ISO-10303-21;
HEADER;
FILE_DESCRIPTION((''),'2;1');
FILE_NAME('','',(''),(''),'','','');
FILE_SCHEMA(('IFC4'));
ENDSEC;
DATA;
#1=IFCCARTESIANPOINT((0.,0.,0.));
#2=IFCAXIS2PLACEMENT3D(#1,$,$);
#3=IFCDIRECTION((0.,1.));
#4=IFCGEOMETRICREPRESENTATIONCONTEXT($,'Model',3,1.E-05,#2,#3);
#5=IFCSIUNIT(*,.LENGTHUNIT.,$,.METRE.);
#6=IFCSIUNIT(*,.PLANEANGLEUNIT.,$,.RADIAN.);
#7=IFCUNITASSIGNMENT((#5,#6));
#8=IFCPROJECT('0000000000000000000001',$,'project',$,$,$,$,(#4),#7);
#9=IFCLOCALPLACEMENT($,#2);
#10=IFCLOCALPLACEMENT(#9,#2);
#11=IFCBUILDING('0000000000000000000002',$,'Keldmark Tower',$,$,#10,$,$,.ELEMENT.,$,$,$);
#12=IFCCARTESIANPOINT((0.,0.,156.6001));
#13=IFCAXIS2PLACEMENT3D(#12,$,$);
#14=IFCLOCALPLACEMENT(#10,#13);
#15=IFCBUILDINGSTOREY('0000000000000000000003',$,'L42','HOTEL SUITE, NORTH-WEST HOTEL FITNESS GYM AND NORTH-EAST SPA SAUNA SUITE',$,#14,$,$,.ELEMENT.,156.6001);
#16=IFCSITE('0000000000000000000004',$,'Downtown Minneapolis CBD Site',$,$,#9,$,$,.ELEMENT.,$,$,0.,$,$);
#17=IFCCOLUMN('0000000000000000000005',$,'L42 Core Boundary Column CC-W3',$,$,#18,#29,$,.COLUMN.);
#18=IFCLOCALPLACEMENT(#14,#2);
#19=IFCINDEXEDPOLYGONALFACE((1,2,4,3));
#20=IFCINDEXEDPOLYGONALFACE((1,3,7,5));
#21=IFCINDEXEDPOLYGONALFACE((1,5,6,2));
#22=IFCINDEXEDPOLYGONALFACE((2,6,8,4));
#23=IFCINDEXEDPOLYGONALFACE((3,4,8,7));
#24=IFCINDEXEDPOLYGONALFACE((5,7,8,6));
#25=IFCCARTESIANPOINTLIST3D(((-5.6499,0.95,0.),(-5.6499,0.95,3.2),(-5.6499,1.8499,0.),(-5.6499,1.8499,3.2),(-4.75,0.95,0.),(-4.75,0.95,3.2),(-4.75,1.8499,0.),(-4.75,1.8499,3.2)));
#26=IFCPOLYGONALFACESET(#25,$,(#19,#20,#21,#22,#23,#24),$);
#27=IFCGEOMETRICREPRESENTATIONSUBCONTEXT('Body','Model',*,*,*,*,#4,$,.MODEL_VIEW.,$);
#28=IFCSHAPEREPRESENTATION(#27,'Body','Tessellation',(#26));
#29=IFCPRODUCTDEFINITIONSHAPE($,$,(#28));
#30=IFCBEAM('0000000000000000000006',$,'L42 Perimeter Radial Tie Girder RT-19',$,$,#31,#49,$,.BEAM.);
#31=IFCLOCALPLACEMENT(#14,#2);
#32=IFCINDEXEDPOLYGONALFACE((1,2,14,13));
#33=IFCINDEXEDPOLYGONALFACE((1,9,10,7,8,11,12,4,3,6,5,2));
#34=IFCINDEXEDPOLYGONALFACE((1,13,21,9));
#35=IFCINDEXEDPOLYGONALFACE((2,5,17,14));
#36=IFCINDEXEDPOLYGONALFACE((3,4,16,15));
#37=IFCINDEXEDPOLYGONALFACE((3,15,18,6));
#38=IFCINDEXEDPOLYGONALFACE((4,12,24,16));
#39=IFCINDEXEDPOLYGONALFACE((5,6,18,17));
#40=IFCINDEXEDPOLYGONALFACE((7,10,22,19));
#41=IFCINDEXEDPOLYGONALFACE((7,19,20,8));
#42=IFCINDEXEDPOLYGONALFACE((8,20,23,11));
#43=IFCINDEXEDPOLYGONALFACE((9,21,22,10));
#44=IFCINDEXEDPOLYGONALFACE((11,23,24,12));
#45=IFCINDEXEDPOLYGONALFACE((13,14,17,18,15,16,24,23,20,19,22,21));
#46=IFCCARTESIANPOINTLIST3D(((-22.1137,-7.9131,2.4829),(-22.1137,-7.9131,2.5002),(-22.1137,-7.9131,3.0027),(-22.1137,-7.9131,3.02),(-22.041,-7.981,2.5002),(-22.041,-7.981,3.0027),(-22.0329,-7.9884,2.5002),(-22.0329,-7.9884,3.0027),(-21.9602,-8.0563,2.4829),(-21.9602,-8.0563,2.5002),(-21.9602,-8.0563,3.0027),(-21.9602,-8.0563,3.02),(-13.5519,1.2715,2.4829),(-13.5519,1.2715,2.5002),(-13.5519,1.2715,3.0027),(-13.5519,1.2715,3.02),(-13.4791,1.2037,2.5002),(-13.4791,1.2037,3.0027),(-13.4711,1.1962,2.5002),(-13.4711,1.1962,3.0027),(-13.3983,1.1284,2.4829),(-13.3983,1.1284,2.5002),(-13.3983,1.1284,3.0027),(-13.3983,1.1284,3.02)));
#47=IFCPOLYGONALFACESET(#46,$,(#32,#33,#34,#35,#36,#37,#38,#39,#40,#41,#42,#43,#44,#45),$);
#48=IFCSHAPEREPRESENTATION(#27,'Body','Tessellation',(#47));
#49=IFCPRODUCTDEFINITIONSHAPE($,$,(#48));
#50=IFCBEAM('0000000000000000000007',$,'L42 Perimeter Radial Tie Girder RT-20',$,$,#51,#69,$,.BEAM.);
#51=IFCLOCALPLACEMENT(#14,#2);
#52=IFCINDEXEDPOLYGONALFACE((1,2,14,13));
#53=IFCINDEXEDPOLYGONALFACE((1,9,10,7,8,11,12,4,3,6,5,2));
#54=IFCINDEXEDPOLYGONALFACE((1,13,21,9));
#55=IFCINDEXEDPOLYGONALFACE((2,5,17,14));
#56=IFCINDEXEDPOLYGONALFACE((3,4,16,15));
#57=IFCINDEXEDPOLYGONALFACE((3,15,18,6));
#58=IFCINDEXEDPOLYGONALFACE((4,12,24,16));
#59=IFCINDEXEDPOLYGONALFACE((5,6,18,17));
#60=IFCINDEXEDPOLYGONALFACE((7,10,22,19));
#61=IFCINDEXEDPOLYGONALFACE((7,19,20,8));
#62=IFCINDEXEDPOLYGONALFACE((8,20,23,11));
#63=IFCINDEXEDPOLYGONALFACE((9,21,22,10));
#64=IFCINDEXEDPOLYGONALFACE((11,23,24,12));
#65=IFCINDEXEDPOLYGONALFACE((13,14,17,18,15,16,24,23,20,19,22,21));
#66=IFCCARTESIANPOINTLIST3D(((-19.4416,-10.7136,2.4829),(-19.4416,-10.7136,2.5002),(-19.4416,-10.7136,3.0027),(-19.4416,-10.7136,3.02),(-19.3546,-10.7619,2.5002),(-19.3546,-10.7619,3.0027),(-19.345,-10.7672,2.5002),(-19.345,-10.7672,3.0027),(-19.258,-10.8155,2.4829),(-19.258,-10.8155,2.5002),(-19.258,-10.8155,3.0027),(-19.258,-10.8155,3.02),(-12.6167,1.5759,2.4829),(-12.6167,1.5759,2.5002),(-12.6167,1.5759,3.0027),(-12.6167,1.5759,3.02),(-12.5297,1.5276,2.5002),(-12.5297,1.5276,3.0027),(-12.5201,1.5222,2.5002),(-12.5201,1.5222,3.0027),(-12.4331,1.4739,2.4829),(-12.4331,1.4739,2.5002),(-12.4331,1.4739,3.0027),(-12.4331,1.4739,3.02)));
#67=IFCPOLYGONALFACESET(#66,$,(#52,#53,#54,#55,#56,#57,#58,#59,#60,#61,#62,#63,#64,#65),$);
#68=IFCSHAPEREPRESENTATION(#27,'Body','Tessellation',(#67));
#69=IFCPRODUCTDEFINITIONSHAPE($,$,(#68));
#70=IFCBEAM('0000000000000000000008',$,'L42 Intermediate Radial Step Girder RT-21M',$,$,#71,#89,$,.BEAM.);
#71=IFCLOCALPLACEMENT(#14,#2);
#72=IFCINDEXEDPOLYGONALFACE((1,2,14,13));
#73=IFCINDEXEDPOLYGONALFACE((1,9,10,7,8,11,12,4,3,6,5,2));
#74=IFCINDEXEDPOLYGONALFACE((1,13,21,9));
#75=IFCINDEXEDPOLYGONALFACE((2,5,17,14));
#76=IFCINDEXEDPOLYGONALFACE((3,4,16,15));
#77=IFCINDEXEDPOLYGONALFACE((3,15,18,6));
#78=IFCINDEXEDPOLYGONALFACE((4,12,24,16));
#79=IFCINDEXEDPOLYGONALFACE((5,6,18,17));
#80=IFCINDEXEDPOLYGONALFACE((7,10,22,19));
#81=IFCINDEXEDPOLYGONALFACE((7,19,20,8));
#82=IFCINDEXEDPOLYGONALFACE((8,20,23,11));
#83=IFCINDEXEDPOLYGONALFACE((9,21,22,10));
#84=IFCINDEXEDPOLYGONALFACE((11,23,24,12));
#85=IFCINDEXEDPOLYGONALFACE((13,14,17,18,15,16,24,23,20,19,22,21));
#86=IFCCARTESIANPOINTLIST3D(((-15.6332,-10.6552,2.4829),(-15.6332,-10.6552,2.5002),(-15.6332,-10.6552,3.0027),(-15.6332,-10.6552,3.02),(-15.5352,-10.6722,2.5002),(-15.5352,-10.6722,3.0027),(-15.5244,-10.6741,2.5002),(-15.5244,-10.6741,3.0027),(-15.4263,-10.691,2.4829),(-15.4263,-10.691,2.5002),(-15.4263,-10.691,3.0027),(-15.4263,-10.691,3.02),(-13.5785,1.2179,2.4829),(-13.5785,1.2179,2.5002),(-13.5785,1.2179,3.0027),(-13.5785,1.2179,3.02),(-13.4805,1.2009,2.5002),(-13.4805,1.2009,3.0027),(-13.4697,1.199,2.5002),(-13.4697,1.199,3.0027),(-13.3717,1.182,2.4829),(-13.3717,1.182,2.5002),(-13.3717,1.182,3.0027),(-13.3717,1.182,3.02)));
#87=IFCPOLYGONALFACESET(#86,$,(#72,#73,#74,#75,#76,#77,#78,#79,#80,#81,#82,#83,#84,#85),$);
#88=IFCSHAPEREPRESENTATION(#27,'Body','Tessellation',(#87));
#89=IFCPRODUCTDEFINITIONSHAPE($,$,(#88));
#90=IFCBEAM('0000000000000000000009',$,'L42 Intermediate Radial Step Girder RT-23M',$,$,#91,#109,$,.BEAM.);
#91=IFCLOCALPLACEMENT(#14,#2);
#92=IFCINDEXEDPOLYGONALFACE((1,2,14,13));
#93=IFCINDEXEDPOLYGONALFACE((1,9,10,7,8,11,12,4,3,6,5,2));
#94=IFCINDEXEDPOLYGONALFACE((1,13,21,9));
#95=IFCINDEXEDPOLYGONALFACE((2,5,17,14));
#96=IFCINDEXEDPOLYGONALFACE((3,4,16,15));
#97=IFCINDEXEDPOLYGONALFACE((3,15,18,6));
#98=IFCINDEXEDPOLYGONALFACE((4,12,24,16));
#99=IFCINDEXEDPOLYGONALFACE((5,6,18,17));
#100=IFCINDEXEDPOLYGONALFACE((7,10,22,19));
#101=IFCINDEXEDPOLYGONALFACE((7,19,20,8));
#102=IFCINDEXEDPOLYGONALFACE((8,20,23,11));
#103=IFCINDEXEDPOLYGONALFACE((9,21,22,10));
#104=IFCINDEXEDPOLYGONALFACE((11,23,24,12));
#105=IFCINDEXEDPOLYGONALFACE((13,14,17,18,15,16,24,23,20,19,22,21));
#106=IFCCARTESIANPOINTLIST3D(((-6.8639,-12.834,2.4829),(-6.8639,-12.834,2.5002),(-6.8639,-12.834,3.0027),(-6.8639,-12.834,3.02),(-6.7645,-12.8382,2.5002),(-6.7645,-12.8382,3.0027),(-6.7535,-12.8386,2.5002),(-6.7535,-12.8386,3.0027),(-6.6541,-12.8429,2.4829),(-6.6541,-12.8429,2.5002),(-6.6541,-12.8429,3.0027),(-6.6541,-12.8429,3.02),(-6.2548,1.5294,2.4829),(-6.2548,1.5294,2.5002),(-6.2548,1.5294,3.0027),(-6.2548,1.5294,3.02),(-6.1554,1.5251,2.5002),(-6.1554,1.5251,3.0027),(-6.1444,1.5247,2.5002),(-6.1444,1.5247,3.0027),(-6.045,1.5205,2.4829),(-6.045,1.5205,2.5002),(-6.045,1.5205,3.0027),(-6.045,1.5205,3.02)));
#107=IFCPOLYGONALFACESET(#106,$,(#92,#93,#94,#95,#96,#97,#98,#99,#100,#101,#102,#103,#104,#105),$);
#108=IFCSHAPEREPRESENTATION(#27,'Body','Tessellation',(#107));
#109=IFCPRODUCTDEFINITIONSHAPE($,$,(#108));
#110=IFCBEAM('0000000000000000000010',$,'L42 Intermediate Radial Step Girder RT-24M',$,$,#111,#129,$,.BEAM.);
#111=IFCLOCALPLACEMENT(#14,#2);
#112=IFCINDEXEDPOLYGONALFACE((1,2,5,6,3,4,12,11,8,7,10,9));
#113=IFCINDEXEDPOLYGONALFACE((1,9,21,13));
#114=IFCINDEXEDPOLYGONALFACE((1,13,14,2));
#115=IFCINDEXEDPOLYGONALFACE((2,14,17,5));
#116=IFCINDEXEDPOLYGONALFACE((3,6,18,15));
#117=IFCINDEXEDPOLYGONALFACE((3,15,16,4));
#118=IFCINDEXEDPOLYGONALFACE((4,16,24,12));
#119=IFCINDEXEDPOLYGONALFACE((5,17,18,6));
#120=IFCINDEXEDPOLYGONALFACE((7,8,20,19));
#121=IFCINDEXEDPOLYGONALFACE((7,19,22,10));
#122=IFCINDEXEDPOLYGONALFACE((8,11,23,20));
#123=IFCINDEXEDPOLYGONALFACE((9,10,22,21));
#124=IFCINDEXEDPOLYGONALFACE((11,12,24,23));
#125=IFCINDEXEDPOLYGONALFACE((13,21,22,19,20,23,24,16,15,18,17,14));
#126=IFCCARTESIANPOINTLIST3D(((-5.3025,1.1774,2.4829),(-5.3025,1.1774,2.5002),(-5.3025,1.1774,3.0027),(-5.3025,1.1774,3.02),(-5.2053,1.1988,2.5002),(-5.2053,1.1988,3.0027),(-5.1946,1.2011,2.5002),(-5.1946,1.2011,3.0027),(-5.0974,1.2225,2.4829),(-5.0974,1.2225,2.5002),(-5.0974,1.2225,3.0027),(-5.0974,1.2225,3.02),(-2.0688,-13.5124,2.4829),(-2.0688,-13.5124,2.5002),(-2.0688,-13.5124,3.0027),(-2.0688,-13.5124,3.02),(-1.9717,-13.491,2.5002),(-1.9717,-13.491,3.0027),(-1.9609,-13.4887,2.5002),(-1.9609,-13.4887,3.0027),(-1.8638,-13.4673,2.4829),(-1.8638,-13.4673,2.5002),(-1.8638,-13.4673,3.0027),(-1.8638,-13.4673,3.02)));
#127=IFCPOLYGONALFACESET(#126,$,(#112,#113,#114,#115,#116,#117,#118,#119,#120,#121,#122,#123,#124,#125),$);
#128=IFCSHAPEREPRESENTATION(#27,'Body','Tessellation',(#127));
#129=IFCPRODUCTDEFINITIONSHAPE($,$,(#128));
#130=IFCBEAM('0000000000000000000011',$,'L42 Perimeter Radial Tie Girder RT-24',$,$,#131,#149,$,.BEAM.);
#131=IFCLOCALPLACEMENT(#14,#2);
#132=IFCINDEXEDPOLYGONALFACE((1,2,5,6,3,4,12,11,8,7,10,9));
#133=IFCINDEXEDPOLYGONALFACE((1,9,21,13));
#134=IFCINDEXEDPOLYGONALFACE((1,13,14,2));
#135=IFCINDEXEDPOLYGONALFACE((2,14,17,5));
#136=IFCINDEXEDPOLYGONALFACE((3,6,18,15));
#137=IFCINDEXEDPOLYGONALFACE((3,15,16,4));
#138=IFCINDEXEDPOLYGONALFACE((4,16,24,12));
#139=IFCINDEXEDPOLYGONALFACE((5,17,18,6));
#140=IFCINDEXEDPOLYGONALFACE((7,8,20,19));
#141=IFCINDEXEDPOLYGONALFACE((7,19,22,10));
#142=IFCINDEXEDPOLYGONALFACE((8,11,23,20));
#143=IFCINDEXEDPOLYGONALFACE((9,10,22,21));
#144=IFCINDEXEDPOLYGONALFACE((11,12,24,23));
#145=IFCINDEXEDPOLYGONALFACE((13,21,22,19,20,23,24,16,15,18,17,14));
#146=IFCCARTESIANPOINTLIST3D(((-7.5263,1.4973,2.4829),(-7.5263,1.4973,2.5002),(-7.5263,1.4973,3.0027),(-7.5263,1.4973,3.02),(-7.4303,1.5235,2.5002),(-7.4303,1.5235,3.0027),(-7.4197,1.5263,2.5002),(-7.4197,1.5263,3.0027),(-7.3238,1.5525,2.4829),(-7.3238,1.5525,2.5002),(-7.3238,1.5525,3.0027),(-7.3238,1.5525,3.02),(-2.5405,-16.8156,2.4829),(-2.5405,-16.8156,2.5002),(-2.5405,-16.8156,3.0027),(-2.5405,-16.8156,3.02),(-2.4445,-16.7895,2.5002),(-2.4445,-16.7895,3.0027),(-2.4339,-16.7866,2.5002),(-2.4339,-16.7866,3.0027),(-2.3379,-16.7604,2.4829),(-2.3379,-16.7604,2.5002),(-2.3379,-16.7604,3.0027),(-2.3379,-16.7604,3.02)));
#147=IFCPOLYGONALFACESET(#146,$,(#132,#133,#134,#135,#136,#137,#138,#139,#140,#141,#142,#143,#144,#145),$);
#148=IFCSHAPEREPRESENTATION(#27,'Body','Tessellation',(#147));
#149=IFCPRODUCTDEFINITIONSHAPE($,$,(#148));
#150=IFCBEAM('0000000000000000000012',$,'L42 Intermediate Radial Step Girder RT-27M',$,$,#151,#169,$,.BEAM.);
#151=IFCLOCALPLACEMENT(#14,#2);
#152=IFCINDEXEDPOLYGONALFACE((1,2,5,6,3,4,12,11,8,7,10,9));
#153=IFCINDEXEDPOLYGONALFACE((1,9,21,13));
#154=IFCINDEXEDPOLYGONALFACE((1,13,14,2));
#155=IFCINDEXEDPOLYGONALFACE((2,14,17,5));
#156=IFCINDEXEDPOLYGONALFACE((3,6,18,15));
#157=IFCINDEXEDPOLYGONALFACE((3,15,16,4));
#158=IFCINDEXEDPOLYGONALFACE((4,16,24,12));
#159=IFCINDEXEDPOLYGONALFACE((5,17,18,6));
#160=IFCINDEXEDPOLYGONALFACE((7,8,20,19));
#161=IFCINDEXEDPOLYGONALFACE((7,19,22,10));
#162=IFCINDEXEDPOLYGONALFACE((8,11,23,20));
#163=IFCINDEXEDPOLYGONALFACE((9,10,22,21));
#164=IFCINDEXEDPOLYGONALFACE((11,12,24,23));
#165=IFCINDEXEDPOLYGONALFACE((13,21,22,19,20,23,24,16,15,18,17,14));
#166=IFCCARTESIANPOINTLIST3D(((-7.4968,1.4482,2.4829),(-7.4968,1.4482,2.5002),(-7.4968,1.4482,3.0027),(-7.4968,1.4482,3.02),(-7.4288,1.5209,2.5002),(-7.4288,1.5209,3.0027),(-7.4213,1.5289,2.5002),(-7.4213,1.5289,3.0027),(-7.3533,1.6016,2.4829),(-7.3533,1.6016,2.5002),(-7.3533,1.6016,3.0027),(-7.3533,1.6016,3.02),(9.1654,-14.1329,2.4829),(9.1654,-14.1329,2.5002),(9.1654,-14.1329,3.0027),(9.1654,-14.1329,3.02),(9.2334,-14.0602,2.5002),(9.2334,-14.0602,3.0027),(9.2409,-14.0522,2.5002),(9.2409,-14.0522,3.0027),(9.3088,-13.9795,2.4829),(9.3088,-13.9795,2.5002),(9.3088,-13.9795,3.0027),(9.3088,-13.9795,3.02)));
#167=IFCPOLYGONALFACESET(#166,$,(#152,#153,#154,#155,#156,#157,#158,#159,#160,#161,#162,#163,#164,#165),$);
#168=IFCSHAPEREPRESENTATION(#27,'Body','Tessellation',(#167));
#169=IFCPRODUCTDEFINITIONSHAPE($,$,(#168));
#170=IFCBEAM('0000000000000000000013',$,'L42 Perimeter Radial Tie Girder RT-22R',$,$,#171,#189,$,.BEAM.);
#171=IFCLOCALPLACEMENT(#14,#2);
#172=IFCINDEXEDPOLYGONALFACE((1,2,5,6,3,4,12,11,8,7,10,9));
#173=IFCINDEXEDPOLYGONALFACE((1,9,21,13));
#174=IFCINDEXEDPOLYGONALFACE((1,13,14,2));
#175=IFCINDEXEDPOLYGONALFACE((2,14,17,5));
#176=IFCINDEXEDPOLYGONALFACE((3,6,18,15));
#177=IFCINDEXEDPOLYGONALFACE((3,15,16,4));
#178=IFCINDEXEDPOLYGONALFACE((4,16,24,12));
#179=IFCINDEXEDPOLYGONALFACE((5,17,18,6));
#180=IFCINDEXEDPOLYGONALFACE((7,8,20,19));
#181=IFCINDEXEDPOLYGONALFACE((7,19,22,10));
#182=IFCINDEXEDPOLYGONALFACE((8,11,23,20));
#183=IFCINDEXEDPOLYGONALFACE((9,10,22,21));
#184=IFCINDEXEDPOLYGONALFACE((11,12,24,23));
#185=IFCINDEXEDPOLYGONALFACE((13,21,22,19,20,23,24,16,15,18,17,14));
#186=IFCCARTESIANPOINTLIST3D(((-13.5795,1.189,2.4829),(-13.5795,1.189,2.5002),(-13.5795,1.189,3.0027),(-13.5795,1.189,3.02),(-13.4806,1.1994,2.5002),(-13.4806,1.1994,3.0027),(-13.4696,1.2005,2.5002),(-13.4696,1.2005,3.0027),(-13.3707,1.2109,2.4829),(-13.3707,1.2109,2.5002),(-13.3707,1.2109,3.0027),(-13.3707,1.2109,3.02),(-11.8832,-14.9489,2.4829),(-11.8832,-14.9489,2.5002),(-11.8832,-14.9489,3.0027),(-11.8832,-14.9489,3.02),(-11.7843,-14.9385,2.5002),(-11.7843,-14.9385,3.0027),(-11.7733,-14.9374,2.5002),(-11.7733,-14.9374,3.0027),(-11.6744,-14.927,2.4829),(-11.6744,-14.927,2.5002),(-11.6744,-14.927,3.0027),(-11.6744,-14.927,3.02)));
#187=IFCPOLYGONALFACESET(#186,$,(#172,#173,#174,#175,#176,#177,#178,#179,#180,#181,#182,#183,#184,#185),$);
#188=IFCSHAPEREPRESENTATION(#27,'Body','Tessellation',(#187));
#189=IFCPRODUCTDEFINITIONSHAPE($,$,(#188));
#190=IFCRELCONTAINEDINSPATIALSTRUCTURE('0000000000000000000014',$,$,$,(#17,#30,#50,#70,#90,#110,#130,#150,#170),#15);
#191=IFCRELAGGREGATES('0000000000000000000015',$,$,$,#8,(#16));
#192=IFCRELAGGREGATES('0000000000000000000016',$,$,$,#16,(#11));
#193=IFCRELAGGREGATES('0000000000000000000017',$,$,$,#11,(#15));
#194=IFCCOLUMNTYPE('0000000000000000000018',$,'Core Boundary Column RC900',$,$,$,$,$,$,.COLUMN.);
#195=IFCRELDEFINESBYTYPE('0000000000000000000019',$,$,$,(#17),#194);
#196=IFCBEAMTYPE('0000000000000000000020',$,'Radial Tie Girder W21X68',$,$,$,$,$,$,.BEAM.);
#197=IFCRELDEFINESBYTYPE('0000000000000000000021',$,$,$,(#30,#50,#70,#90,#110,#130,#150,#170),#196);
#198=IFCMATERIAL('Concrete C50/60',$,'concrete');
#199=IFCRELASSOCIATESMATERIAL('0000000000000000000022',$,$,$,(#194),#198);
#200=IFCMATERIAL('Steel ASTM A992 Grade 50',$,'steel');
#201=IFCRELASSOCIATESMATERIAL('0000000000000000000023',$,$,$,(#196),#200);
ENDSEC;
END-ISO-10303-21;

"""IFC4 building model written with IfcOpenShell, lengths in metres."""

from ifc_helpers import new_model, si_unit, direction, frame, origin, origin_2d, place, context, subcontext, project, spatial, rectangle, i_section, extrude, material, material_profile, profile_set, type_object, element, save


model = new_model("IFC4")

# Units and contexts
model_context = context("Model", 3, precision=1e-05, world=origin(), true_north=direction((0.0, 1.0)))
body_context = subcontext(model_context, "Body", "Model", "MODEL_VIEW")
ifc_project = project(units=[si_unit("LENGTHUNIT", "METRE"), si_unit("PLANEANGLEUNIT", "RADIAN")], contexts=[model_context])

# Site, building, storey
site_placement = place(None, origin())
site = spatial("IfcSite", under=ifc_project, at=site_placement, Name="Downtown Minneapolis CBD Site", CompositionType="ELEMENT", RefElevation=0.0)
building_placement = place(site_placement, origin())
building = spatial("IfcBuilding", under=site, at=building_placement, Name="Keldmark Tower", CompositionType="ELEMENT")
storey_placement = place(building_placement, frame((0.0, 0.0, 156.6001)))
storey = spatial("IfcBuildingStorey", under=building, at=storey_placement, Name="L42", Description="HOTEL SUITE, NORTH-WEST HOTEL FITNESS GYM AND NORTH-EAST SPA SAUNA SUITE", CompositionType="ELEMENT", Elevation=156.6001)

# Column
ifc_material_1 = material(Name="Concrete C50/60", Category="concrete")
ifc_material_profile_1 = material_profile(ifc_material_1, rectangle(XDim=0.8999, YDim=0.8999, at=origin_2d()), Name="RC900X900")
ifc_profile_set_1 = profile_set([ifc_material_profile_1], Name="Concrete C50/60")
column_type = type_object("IfcColumnType", Name="Core Boundary Column RC900", PredefinedType="COLUMN", material=ifc_profile_set_1)
column_placement = place(storey_placement, frame((-5.2, 1.3999, 0.0), z_axis=(0.0, 0.0, 1.0), x_axis=(1.0, 0.0, 0.0)))
element("IfcColumn", 1, at=column_placement, inside=storey, type_object=column_type, Name="L42 Core Boundary Column CC-W3", PredefinedType="COLUMN", context=body_context, shape_type="SweptSolid", body=[
    extrude(rectangle(XDim=0.8999, YDim=0.8999, at=origin_2d()), origin(), (0.0, 0.0, 1.0), 3.2),
])

# Beams
ifc_material_2 = material(Name="Steel ASTM A992 Grade 50", Category="steel")
ifc_material_profile_2 = material_profile(ifc_material_2, i_section(OverallWidth=0.21, OverallDepth=0.5371, WebThickness=0.011, FlangeThickness=0.0173, at=origin_2d()), Name="W21X68")
ifc_profile_set_2 = profile_set([ifc_material_profile_2], Name="Steel ASTM A992 Grade 50")
beam_type = type_object("IfcBeamType", Name="Radial Tie Girder W21X68", PredefinedType="BEAM", material=ifc_profile_set_2)
beam_1_placement = place(storey_placement, frame((-13.4751, 1.2, 2.7515), z_axis=(-0.681871, -0.731472, 0.0), x_axis=(0.731472, -0.681871, 0.0)))
element("IfcBeam", 2, at=beam_1_placement, inside=storey, type_object=beam_type, Name="L42 Perimeter Radial Tie Girder RT-19", PredefinedType="BEAM", context=body_context, shape_type="SweptSolid", body=[
    extrude(i_section(OverallWidth=0.21, OverallDepth=0.5371, WebThickness=0.011, FlangeThickness=0.0173, at=origin_2d()), origin(), (0.0, 0.0, 1.0), 12.5564),
])
beam_2_placement = place(storey_placement, frame((-12.5249, 1.5249, 2.7515), z_axis=(-0.485503, -0.874235, 0.0), x_axis=(0.874235, -0.485503, 0.0)))
element("IfcBeam", 3, at=beam_2_placement, inside=storey, type_object=beam_type, Name="L42 Perimeter Radial Tie Girder RT-20", PredefinedType="BEAM", context=body_context, shape_type="SweptSolid", body=[
    extrude(i_section(OverallWidth=0.21, OverallDepth=0.5371, WebThickness=0.011, FlangeThickness=0.0173, at=origin_2d()), origin(), (0.0, 0.0, 1.0), 14.0574),
])
beam_3_placement = place(storey_placement, frame((-13.4751, 1.2, 2.7515), z_axis=(-0.17052, -0.985354, 0.0), x_axis=(0.985354, -0.17052, 0.0)))
element("IfcBeam", 4, at=beam_3_placement, inside=storey, type_object=beam_type, Name="L42 Intermediate Radial Step Girder RT-21M", PredefinedType="BEAM", context=body_context, shape_type="SweptSolid", body=[
    extrude(i_section(OverallWidth=0.21, OverallDepth=0.5371, WebThickness=0.011, FlangeThickness=0.0173, at=origin_2d()), origin(), (0.0, 0.0, 1.0), 12.0496),
])
beam_4_placement = place(storey_placement, frame((-6.1499, 1.5249, 2.7515), z_axis=(-0.042371, -0.999102, 0.0), x_axis=(0.999102, -0.042371, 0.0)))
element("IfcBeam", 5, at=beam_4_placement, inside=storey, type_object=beam_type, Name="L42 Intermediate Radial Step Girder RT-23M", PredefinedType="BEAM", context=body_context, shape_type="SweptSolid", body=[
    extrude(i_section(OverallWidth=0.21, OverallDepth=0.5371, WebThickness=0.011, FlangeThickness=0.0173, at=origin_2d()), origin(), (0.0, 0.0, 1.0), 14.3762),
])
beam_5_placement = place(storey_placement, frame((-5.2, 1.2, 2.7515), z_axis=(0.214983, -0.976618, 0.0), x_axis=(0.976618, 0.214983, 0.0)))
element("IfcBeam", 6, at=beam_5_placement, inside=storey, type_object=beam_type, Name="L42 Intermediate Radial Step Girder RT-24M", PredefinedType="BEAM", context=body_context, shape_type="SweptSolid", body=[
    extrude(i_section(OverallWidth=0.21, OverallDepth=0.5371, WebThickness=0.011, FlangeThickness=0.0173, at=origin_2d()), origin(), (0.0, 0.0, 1.0), 15.0415),
])
beam_6_placement = place(storey_placement, frame((-7.425, 1.5249, 2.7515), z_axis=(0.262695, -0.964879, 0.0), x_axis=(0.964879, 0.262695, 0.0)))
element("IfcBeam", 7, at=beam_6_placement, inside=storey, type_object=beam_type, Name="L42 Perimeter Radial Tie Girder RT-24", PredefinedType="BEAM", context=body_context, shape_type="SweptSolid", body=[
    extrude(i_section(OverallWidth=0.21, OverallDepth=0.5371, WebThickness=0.011, FlangeThickness=0.0173, at=origin_2d()), origin(), (0.0, 0.0, 1.0), 18.9795),
])
beam_7_placement = place(storey_placement, frame((-7.425, 1.5249, 2.7515), z_axis=(0.730404, -0.683015, 0.0), x_axis=(0.683015, 0.730404, 0.0)))
element("IfcBeam", 8, at=beam_7_placement, inside=storey, type_object=beam_type, Name="L42 Intermediate Radial Step Girder RT-27M", PredefinedType="BEAM", context=body_context, shape_type="SweptSolid", body=[
    extrude(i_section(OverallWidth=0.21, OverallDepth=0.5371, WebThickness=0.011, FlangeThickness=0.0173, at=origin_2d()), origin(), (0.0, 0.0, 1.0), 22.8123),
])
beam_8_placement = place(storey_placement, frame((-13.4751, 1.2, 2.7515), z_axis=(0.104536, -0.994521, 0.0), x_axis=(0.994521, 0.104536, 0.0)))
element("IfcBeam", 9, at=beam_8_placement, inside=storey, type_object=beam_type, Name="L42 Perimeter Radial Tie Girder RT-22R", PredefinedType="BEAM", context=body_context, shape_type="SweptSolid", body=[
    extrude(i_section(OverallWidth=0.21, OverallDepth=0.5371, WebThickness=0.011, FlangeThickness=0.0173, at=origin_2d()), origin(), (0.0, 0.0, 1.0), 16.2268),
])

save(model, "model.ifc")
